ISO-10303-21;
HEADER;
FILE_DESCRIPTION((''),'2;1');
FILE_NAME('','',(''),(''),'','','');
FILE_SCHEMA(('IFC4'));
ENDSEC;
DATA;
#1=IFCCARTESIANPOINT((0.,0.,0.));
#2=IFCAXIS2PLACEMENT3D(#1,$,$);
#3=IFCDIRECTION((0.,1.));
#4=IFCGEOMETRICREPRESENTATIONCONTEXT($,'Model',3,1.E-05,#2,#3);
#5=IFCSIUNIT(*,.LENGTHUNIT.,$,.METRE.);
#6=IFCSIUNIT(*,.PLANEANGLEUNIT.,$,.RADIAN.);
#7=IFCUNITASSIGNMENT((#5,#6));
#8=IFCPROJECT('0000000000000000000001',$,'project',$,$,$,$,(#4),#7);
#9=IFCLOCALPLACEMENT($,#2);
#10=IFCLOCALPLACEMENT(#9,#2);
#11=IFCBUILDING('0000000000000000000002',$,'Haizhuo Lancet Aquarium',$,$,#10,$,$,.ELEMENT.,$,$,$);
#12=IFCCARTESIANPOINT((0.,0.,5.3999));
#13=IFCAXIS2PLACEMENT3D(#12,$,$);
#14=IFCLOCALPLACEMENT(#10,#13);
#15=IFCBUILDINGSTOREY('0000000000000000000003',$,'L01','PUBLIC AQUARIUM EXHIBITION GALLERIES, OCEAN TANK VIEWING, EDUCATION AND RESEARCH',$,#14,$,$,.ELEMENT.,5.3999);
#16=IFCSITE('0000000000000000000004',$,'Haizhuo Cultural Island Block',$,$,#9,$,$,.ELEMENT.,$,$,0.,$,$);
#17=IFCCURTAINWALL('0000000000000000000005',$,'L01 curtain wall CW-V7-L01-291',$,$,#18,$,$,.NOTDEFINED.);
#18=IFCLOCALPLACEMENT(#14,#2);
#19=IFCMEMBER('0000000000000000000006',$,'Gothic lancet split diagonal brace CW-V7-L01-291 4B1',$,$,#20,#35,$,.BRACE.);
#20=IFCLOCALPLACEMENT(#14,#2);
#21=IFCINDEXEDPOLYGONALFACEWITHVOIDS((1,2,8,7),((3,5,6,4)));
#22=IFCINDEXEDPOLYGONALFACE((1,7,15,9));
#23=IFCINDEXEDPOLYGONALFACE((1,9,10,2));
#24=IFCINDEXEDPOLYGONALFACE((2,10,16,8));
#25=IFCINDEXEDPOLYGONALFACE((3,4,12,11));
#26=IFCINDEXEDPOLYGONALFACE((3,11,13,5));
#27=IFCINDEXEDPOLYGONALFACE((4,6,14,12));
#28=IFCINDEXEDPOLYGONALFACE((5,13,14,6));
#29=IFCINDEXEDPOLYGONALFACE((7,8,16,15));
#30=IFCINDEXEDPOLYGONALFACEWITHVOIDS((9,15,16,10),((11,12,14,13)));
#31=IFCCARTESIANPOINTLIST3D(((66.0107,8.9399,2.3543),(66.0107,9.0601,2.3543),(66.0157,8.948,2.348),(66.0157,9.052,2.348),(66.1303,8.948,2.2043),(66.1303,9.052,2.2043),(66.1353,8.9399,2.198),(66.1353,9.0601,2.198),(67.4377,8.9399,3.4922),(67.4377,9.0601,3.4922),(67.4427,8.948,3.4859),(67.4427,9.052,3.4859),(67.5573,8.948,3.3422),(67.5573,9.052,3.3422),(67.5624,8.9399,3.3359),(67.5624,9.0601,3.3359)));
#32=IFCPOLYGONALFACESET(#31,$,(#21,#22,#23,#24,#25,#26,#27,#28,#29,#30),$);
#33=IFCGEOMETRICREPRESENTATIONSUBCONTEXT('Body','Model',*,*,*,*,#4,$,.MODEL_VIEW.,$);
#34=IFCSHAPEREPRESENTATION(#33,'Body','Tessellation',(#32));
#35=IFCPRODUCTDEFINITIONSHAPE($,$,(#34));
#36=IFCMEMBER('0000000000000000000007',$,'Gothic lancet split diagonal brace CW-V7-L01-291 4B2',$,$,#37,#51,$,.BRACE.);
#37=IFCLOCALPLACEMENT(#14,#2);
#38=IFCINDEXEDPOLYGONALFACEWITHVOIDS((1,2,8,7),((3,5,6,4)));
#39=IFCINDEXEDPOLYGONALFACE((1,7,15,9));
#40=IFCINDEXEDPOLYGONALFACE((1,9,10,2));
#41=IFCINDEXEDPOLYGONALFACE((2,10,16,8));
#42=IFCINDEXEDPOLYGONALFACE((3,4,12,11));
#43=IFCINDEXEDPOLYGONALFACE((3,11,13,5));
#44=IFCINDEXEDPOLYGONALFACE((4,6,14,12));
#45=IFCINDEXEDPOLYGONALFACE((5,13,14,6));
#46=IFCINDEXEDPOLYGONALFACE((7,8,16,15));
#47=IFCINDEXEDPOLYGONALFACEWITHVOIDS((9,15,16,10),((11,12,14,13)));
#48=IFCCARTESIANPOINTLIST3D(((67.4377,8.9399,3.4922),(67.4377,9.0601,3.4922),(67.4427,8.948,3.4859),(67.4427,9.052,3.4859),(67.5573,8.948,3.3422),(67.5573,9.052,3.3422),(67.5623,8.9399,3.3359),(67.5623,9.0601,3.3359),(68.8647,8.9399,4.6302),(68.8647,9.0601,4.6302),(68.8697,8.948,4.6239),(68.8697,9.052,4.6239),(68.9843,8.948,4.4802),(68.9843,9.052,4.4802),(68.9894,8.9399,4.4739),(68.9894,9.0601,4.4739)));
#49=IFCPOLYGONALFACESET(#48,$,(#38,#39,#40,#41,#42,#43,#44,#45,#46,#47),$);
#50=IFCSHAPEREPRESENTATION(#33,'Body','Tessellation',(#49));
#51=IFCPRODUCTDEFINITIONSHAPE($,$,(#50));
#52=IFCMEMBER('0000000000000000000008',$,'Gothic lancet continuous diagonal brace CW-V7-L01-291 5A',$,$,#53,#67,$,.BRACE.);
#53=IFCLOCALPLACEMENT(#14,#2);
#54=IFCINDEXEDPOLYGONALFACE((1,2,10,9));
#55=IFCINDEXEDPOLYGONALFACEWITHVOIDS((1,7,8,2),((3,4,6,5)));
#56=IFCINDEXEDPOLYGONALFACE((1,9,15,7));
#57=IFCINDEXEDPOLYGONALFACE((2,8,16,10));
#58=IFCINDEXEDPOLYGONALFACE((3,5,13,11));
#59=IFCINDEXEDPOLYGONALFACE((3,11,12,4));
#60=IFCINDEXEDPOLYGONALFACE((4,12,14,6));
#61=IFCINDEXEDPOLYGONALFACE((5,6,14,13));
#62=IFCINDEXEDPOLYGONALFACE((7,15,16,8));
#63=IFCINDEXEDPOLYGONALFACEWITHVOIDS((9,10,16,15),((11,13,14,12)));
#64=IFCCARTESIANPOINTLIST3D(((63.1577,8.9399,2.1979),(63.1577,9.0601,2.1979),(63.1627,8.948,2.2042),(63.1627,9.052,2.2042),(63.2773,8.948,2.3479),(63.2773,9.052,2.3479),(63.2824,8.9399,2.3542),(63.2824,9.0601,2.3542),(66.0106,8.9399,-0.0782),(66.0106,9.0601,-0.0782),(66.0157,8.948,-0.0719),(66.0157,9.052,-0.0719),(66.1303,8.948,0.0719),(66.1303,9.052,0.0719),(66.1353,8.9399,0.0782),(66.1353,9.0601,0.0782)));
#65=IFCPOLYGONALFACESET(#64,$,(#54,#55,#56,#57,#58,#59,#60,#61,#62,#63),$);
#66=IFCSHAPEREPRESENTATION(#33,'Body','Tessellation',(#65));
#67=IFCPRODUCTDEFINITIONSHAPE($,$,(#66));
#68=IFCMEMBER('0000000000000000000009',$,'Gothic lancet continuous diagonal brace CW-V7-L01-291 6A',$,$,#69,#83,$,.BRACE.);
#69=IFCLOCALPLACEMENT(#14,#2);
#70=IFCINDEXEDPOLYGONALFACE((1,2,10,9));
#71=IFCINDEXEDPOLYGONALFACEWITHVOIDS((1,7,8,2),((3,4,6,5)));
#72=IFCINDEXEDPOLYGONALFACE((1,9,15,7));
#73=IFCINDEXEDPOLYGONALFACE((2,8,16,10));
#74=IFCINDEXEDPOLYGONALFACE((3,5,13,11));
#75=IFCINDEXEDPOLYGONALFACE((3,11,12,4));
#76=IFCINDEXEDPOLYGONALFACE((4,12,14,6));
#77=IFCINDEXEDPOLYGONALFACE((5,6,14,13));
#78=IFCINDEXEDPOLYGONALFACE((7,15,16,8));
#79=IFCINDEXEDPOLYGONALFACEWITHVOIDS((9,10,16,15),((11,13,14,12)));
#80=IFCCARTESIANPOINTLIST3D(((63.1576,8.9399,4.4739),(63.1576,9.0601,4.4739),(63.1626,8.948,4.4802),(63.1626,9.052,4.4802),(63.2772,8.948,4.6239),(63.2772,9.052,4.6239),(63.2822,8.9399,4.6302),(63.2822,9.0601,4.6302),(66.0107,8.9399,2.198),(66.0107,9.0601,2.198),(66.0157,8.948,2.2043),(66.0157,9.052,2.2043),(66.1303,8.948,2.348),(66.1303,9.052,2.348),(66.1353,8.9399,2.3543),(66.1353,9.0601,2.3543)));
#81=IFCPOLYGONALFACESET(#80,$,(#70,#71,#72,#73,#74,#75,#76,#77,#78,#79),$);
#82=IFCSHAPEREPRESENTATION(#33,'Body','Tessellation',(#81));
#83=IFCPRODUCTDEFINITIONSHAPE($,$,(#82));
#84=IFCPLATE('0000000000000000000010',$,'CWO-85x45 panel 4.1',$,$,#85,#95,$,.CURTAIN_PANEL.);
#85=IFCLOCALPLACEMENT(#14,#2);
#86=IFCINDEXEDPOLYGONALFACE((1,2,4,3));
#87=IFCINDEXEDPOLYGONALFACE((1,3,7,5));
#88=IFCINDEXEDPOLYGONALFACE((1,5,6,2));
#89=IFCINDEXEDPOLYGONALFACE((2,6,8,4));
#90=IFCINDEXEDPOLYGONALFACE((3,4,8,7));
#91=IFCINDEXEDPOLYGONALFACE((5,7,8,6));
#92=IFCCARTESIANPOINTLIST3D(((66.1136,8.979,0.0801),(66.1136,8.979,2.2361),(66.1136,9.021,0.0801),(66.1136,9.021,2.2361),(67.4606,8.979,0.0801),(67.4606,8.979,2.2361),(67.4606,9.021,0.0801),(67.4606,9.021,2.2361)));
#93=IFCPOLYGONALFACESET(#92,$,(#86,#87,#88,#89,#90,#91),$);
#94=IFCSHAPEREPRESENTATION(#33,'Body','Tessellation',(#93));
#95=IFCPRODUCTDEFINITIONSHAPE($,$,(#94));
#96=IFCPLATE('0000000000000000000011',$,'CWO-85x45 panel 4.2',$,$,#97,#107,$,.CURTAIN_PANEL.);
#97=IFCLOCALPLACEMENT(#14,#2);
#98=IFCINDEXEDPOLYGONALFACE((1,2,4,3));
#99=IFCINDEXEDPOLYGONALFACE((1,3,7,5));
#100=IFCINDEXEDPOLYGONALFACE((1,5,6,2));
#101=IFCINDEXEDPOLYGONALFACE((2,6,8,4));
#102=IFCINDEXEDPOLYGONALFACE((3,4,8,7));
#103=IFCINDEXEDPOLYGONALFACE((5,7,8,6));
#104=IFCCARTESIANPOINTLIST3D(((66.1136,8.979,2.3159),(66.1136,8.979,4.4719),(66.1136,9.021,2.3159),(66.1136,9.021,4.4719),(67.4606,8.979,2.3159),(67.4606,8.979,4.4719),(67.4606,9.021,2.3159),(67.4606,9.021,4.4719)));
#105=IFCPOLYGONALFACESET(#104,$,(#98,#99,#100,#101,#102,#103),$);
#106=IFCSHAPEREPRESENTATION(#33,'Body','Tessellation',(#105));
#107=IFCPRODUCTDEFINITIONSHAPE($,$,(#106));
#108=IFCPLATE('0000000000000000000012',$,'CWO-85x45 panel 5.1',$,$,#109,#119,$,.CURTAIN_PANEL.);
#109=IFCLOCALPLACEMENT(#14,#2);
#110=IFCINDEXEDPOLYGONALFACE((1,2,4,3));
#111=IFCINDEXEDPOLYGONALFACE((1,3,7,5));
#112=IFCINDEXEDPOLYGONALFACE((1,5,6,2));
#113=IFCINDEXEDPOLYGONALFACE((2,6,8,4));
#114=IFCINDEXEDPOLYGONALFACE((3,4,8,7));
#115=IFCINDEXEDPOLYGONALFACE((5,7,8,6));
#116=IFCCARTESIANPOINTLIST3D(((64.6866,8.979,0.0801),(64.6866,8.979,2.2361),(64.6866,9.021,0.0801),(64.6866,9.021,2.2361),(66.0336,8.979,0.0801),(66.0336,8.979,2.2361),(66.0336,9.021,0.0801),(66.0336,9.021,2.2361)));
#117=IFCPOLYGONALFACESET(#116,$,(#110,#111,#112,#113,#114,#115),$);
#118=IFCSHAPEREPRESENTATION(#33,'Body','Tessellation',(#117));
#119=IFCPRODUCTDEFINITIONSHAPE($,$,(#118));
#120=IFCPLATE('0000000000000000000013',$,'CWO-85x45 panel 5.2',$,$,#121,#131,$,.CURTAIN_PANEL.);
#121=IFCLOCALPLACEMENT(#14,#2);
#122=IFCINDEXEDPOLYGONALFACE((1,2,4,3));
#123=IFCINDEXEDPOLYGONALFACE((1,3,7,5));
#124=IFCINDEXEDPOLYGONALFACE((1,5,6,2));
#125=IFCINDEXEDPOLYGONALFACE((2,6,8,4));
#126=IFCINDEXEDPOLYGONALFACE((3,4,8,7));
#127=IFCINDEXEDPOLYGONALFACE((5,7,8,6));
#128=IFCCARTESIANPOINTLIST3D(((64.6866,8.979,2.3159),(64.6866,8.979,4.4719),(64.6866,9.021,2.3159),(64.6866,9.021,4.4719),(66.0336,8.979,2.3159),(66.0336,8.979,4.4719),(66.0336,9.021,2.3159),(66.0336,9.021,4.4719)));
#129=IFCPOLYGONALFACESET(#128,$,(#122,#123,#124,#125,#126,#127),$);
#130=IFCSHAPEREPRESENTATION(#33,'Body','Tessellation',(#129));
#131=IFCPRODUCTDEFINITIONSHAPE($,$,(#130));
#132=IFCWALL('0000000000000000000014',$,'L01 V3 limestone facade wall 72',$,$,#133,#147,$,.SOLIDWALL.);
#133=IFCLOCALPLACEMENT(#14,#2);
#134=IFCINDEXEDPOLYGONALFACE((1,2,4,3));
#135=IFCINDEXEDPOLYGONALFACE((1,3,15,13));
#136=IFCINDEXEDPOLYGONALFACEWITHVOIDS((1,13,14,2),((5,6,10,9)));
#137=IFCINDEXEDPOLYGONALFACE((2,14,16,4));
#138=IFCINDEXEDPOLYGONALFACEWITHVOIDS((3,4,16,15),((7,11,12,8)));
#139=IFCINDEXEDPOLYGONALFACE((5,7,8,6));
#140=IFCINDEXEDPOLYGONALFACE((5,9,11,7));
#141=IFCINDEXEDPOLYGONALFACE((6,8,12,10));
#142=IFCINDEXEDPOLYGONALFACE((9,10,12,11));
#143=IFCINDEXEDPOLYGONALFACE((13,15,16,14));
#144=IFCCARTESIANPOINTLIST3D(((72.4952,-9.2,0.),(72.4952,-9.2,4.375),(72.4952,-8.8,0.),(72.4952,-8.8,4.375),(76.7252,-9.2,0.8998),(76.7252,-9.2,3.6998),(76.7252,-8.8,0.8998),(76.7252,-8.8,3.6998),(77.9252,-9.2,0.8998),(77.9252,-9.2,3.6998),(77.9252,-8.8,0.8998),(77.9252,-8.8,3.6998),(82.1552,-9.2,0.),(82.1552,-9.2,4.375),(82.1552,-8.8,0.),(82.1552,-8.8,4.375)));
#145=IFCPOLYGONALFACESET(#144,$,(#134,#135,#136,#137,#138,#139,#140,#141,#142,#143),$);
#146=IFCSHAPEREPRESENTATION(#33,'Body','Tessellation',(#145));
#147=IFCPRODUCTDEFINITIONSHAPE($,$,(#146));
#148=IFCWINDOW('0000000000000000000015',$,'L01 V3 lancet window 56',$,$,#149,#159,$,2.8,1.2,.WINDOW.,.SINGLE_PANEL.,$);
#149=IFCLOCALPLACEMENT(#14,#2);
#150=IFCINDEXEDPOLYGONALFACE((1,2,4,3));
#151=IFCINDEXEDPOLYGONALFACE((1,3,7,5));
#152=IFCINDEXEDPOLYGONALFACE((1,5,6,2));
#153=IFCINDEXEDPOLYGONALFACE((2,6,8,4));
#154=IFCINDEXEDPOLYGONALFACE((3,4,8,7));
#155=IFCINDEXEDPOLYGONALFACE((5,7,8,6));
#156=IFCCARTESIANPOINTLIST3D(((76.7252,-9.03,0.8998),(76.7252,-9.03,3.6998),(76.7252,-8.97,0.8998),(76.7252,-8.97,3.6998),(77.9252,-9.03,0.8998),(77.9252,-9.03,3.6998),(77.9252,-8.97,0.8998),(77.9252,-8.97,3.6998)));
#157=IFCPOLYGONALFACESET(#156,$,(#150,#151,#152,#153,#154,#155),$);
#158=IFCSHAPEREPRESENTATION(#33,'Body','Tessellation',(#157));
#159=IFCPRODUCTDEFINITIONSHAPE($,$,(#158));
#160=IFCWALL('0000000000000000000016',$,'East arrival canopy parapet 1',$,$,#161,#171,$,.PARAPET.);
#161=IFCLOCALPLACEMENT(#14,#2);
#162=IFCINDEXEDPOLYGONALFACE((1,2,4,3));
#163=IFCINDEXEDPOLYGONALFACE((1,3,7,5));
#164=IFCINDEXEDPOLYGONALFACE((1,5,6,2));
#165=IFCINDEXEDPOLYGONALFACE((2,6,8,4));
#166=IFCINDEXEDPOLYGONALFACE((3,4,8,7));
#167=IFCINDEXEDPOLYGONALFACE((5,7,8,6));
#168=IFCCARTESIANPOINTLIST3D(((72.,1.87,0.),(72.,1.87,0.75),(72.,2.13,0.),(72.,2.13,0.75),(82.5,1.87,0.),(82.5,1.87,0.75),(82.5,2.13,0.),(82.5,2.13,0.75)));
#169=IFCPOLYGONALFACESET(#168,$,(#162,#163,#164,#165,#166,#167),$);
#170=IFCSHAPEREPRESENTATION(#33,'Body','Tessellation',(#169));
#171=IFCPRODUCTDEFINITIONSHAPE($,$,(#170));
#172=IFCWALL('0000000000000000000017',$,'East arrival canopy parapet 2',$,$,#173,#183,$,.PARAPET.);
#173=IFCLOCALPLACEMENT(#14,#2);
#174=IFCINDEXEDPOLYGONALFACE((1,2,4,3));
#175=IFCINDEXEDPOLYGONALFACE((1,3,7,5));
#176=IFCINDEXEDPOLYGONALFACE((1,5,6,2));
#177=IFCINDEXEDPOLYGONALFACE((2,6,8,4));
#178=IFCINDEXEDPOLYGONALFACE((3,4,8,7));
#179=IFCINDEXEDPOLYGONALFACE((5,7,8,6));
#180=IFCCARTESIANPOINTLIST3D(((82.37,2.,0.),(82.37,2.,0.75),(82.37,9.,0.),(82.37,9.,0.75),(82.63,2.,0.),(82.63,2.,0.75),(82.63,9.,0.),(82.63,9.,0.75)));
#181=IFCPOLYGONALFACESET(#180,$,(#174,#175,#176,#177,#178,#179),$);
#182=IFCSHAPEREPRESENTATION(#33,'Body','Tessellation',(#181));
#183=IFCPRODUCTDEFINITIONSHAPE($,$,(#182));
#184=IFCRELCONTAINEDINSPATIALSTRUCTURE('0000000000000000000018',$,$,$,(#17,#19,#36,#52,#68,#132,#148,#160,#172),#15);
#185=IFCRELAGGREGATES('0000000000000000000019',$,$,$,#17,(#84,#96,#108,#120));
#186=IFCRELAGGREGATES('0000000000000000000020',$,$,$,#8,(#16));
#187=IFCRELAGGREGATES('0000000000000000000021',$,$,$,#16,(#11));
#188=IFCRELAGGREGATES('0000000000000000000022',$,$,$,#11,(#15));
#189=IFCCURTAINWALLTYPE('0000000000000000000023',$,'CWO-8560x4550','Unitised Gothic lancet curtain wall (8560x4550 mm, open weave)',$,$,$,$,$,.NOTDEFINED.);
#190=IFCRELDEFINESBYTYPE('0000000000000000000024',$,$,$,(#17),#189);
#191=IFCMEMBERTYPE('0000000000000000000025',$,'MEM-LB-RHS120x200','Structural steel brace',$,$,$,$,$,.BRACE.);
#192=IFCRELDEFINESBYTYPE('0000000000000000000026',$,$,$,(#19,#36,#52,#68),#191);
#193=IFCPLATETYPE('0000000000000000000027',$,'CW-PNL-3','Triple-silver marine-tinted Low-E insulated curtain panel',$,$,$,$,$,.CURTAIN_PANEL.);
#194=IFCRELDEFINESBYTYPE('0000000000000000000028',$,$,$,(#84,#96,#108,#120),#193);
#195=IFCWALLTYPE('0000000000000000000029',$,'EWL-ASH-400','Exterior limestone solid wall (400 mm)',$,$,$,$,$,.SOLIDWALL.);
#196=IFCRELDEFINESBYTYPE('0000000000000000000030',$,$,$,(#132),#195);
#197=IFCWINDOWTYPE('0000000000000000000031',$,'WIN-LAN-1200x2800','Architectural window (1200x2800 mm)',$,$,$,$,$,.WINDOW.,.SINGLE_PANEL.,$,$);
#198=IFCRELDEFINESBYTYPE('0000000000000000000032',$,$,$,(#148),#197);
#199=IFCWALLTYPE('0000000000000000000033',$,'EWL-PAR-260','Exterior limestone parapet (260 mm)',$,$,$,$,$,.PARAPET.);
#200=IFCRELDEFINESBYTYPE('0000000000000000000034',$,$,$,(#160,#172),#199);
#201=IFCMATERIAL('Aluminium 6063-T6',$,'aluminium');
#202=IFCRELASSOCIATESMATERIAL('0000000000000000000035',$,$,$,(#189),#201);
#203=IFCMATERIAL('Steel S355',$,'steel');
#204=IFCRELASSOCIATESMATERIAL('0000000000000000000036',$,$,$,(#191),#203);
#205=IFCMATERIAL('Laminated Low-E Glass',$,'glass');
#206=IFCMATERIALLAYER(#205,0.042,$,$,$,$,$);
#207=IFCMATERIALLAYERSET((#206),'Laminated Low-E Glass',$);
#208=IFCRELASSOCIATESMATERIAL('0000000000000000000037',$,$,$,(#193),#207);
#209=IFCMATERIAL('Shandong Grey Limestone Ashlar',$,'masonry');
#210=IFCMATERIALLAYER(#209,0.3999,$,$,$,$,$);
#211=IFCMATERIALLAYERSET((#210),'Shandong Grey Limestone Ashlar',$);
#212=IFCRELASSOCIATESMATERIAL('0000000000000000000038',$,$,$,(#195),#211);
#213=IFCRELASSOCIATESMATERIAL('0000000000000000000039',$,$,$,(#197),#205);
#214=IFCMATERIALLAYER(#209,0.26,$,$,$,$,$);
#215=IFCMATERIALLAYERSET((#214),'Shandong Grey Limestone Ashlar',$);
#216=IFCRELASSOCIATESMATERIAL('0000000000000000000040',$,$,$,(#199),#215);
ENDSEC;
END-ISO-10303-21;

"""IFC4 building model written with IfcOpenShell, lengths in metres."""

from ifc_helpers import new_model, si_unit, direction, frame, frame_2d, origin, origin_2d, place, context, subcontext, project, spatial, rectangle, hollow_rectangle, extrude, material, layer, layer_set, material_profile, profile_set, type_object, element, fill, aggregate, save


model = new_model("IFC4")

# Units and contexts
model_context = context("Model", 3, precision=1e-05, world=origin(), true_north=direction((0.0, 1.0)))
body_context = subcontext(model_context, "Body", "Model", "MODEL_VIEW")
ifc_project = project(units=[si_unit("LENGTHUNIT", "METRE"), si_unit("PLANEANGLEUNIT", "RADIAN")], contexts=[model_context])

# Site, building, storey
site_placement = place(None, origin())
site = spatial("IfcSite", under=ifc_project, at=site_placement, Name="Haizhuo Cultural Island Block", CompositionType="ELEMENT", RefElevation=0.0)
building_placement = place(site_placement, origin())
building = spatial("IfcBuilding", under=site, at=building_placement, Name="Haizhuo Lancet Aquarium", CompositionType="ELEMENT")
storey_placement = place(building_placement, frame((0.0, 0.0, 5.3999)))
storey = spatial("IfcBuildingStorey", under=building, at=storey_placement, Name="L01", Description="PUBLIC AQUARIUM EXHIBITION GALLERIES, OCEAN TANK VIEWING, EDUCATION AND RESEARCH", CompositionType="ELEMENT", Elevation=5.3999)

# Curtain wall
ifc_material_1 = material(Name="Aluminium 6063-T6", Category="aluminium")
curtain_wall_type = type_object("IfcCurtainWallType", Name="CWO-8560x4550", Description="Unitised Gothic lancet curtain wall (8560x4550 mm, open weave)", PredefinedType="NOTDEFINED", material=ifc_material_1)
curtain_wall_placement = place(storey_placement, origin())
curtain_wall = element("IfcCurtainWall", 1, at=curtain_wall_placement, inside=storey, type_object=curtain_wall_type, Name="L01 curtain wall CW-V7-L01-291", PredefinedType="NOTDEFINED")

# Members
ifc_material_2 = material(Name="Steel S355", Category="steel")
ifc_material_profile_1 = material_profile(ifc_material_2, hollow_rectangle(XDim=0.1201, YDim=0.2, WallThickness=0.0081, at=origin_2d()), Name="RHS 120x200x8")
ifc_profile_set_1 = profile_set([ifc_material_profile_1], Name="Steel S355")
member_type_1 = type_object("IfcMemberType", Name="MEM-LB-RHS120x200", Description="Structural steel brace", PredefinedType="BRACE", material=ifc_profile_set_1)
for number, where, z_axis, x_axis, name in (
    (2, (66.073, 9.0, 2.2761), (0.781847, 0.0, 0.623471), (0.0, 1.0, 0.0), "Gothic lancet split diagonal brace CW-V7-L01-291 4B1"),
    (3, (67.5, 9.0, 3.4141), (0.781847, 0.0, 0.623471), (0.0, 1.0, 0.0), "Gothic lancet split diagonal brace CW-V7-L01-291 4B2"),
):
    element("IfcMember", number, at=place(storey_placement, frame(where, z_axis=z_axis, x_axis=x_axis)), inside=storey, type_object=member_type_1, Name=name, PredefinedType="BRACE", context=body_context, shape_type="SweptSolid", body=[
        extrude(hollow_rectangle(XDim=0.1201, YDim=0.2, WallThickness=0.0081, at=origin_2d()), origin(), (0.0, 0.0, 1.0), 1.8252),
    ])
for number, where, z_axis, x_axis, name in (
    (4, (66.073, 9.0, 0.0), (-0.78171, 0.0, 0.623642), (0.0, -1.0, 0.0), "Gothic lancet continuous diagonal brace CW-V7-L01-291 5A"),
    (5, (66.073, 9.0, 2.2761), (-0.781743, 0.0, 0.623601), (0.0, -1.0, 0.0), "Gothic lancet continuous diagonal brace CW-V7-L01-291 6A"),
):
    element("IfcMember", number, at=place(storey_placement, frame(where, z_axis=z_axis, x_axis=x_axis)), inside=storey, type_object=member_type_1, Name=name, PredefinedType="BRACE", context=body_context, shape_type="SweptSolid", body=[
        extrude(hollow_rectangle(XDim=0.1201, YDim=0.2, WallThickness=0.0081, at=origin_2d()), origin(), (0.0, 0.0, 1.0), 3.6497),
    ])

# Plates
ifc_material_3 = material(Name="Laminated Low-E Glass", Category="glass")
ifc_layer_1 = layer(ifc_material_3, 0.042)
ifc_layer_set_1 = layer_set([ifc_layer_1], Name="Laminated Low-E Glass")
plate_type = type_object("IfcPlateType", Name="CW-PNL-3", Description="Triple-silver marine-tinted Low-E insulated curtain panel", PredefinedType="CURTAIN_PANEL", material=ifc_layer_set_1)
plate_1_placement = place(storey_placement, frame((66.7871, 9.0, 0.0801), z_axis=(0.0, 0.0, 1.0), x_axis=(-1.0, 0.0, 0.0)))
plate_1 = element("IfcPlate", 6, at=plate_1_placement, type_object=plate_type, Name="CWO-85x45 panel 4.1", PredefinedType="CURTAIN_PANEL", context=body_context, shape_type="SweptSolid", body=[
    extrude(rectangle(XDim=1.3469, YDim=0.042, at=origin_2d()), origin(), (0.0, 0.0, 1.0), 2.156),
])
plate_2_placement = place(storey_placement, frame((66.7871, 9.0, 2.3159), z_axis=(0.0, 0.0, 1.0), x_axis=(-1.0, 0.0, 0.0)))
plate_2 = element("IfcPlate", 7, at=plate_2_placement, type_object=plate_type, Name="CWO-85x45 panel 4.2", PredefinedType="CURTAIN_PANEL", context=body_context, shape_type="SweptSolid", body=[
    extrude(rectangle(XDim=1.3469, YDim=0.042, at=origin_2d()), origin(), (0.0, 0.0, 1.0), 2.156),
])
plate_3_placement = place(storey_placement, frame((65.3601, 9.0, 0.0801), z_axis=(0.0, 0.0, 1.0), x_axis=(-1.0, 0.0, 0.0)))
plate_3 = element("IfcPlate", 8, at=plate_3_placement, type_object=plate_type, Name="CWO-85x45 panel 5.1", PredefinedType="CURTAIN_PANEL", context=body_context, shape_type="SweptSolid", body=[
    extrude(rectangle(XDim=1.3469, YDim=0.042, at=origin_2d()), origin(), (0.0, 0.0, 1.0), 2.156),
])
plate_4_placement = place(storey_placement, frame((65.3601, 9.0, 2.3159), z_axis=(0.0, 0.0, 1.0), x_axis=(-1.0, 0.0, 0.0)))
plate_4 = element("IfcPlate", 9, at=plate_4_placement, type_object=plate_type, Name="CWO-85x45 panel 5.2", PredefinedType="CURTAIN_PANEL", context=body_context, shape_type="SweptSolid", body=[
    extrude(rectangle(XDim=1.3469, YDim=0.042, at=origin_2d()), origin(), (0.0, 0.0, 1.0), 2.156),
])
aggregate(curtain_wall, [plate_1, plate_2, plate_3, plate_4])

# Wall, opening, window
ifc_material_4 = material(Name="Shandong Grey Limestone Ashlar", Category="masonry")
ifc_layer_2 = layer(ifc_material_4, 0.3999)
ifc_layer_set_2 = layer_set([ifc_layer_2], Name="Shandong Grey Limestone Ashlar")
wall_type_1 = type_object("IfcWallType", Name="EWL-ASH-400", Description="Exterior limestone solid wall (400 mm)", PredefinedType="SOLIDWALL", material=ifc_layer_set_2)
wall_1_placement = place(storey_placement, frame((72.4951, -9.0, 0.0), z_axis=(0.0, 0.0, 1.0), x_axis=(1.0, 0.0, 0.0)))
wall_1 = element("IfcWall", 10, at=wall_1_placement, inside=storey, type_object=wall_type_1, Name="L01 V3 limestone facade wall 72", PredefinedType="SOLIDWALL", context=body_context, shape_type="SweptSolid", body=[
    extrude(rectangle(XDim=9.6599, YDim=0.3999, at=frame_2d((4.8301, 0.0))), origin(), (0.0, 0.0, 1.0), 4.375),
])
opening_placement = place(wall_1_placement, frame((4.23, 0.0, 0.8999)))
opening = element("IfcOpeningElement", 11, at=opening_placement, cuts=wall_1, PredefinedType="OPENING", context=body_context, shape_type="SweptSolid", body=[
    extrude(rectangle(XDim=1.2, YDim=2.8, at=frame_2d((0.6001, 1.3999))), frame((0.0, 0.21, 0.0), z_axis=(0.0, -1.0, 0.0), x_axis=(1.0, 0.0, 0.0)), (0.0, 0.0, 1.0), 0.4199),
])
window_type = type_object("IfcWindowType", Name="WIN-LAN-1200x2800", Description="Architectural window (1200x2800 mm)", PartitioningType="SINGLE_PANEL", PredefinedType="WINDOW", material=ifc_material_3)
window_placement = place(opening_placement, origin())
window = element("IfcWindow", 12, at=window_placement, inside=storey, type_object=window_type, Name="L01 V3 lancet window 56", OverallHeight=2.8, OverallWidth=1.2, PartitioningType="SINGLE_PANEL", PredefinedType="WINDOW", context=body_context, shape_type="SweptSolid", body=[
    extrude(rectangle(XDim=1.2, YDim=2.8, at=frame_2d((0.6001, 1.3999))), frame((0.0, 0.03, 0.0), z_axis=(0.0, -1.0, 0.0), x_axis=(1.0, 0.0, 0.0)), (0.0, 0.0, 1.0), 0.0601),
])
fill(opening, window)

# Walls
ifc_layer_3 = layer(ifc_material_4, 0.26)
ifc_layer_set_3 = layer_set([ifc_layer_3], Name="Shandong Grey Limestone Ashlar")
wall_type_2 = type_object("IfcWallType", Name="EWL-PAR-260", Description="Exterior limestone parapet (260 mm)", PredefinedType="PARAPET", material=ifc_layer_set_3)
wall_2_placement = place(storey_placement, frame((72.0, 2.0, 0.0), z_axis=(0.0, 0.0, 1.0), x_axis=(1.0, 0.0, 0.0)))
element("IfcWall", 13, at=wall_2_placement, inside=storey, type_object=wall_type_2, Name="East arrival canopy parapet 1", PredefinedType="PARAPET", context=body_context, shape_type="SweptSolid", body=[
    extrude(rectangle(XDim=10.5, YDim=0.26, at=frame_2d((5.25, 0.0))), origin(), (0.0, 0.0, 1.0), 0.75),
])
wall_3_placement = place(storey_placement, frame((82.5, 2.0, 0.0), z_axis=(0.0, 0.0, 1.0), x_axis=(0.0, 1.0, 0.0)))
element("IfcWall", 14, at=wall_3_placement, inside=storey, type_object=wall_type_2, Name="East arrival canopy parapet 2", PredefinedType="PARAPET", context=body_context, shape_type="SweptSolid", body=[
    extrude(rectangle(XDim=7.0, YDim=0.26, at=frame_2d((3.5, 0.0))), origin(), (0.0, 0.0, 1.0), 0.75),
])

save(model, "model.ifc")
